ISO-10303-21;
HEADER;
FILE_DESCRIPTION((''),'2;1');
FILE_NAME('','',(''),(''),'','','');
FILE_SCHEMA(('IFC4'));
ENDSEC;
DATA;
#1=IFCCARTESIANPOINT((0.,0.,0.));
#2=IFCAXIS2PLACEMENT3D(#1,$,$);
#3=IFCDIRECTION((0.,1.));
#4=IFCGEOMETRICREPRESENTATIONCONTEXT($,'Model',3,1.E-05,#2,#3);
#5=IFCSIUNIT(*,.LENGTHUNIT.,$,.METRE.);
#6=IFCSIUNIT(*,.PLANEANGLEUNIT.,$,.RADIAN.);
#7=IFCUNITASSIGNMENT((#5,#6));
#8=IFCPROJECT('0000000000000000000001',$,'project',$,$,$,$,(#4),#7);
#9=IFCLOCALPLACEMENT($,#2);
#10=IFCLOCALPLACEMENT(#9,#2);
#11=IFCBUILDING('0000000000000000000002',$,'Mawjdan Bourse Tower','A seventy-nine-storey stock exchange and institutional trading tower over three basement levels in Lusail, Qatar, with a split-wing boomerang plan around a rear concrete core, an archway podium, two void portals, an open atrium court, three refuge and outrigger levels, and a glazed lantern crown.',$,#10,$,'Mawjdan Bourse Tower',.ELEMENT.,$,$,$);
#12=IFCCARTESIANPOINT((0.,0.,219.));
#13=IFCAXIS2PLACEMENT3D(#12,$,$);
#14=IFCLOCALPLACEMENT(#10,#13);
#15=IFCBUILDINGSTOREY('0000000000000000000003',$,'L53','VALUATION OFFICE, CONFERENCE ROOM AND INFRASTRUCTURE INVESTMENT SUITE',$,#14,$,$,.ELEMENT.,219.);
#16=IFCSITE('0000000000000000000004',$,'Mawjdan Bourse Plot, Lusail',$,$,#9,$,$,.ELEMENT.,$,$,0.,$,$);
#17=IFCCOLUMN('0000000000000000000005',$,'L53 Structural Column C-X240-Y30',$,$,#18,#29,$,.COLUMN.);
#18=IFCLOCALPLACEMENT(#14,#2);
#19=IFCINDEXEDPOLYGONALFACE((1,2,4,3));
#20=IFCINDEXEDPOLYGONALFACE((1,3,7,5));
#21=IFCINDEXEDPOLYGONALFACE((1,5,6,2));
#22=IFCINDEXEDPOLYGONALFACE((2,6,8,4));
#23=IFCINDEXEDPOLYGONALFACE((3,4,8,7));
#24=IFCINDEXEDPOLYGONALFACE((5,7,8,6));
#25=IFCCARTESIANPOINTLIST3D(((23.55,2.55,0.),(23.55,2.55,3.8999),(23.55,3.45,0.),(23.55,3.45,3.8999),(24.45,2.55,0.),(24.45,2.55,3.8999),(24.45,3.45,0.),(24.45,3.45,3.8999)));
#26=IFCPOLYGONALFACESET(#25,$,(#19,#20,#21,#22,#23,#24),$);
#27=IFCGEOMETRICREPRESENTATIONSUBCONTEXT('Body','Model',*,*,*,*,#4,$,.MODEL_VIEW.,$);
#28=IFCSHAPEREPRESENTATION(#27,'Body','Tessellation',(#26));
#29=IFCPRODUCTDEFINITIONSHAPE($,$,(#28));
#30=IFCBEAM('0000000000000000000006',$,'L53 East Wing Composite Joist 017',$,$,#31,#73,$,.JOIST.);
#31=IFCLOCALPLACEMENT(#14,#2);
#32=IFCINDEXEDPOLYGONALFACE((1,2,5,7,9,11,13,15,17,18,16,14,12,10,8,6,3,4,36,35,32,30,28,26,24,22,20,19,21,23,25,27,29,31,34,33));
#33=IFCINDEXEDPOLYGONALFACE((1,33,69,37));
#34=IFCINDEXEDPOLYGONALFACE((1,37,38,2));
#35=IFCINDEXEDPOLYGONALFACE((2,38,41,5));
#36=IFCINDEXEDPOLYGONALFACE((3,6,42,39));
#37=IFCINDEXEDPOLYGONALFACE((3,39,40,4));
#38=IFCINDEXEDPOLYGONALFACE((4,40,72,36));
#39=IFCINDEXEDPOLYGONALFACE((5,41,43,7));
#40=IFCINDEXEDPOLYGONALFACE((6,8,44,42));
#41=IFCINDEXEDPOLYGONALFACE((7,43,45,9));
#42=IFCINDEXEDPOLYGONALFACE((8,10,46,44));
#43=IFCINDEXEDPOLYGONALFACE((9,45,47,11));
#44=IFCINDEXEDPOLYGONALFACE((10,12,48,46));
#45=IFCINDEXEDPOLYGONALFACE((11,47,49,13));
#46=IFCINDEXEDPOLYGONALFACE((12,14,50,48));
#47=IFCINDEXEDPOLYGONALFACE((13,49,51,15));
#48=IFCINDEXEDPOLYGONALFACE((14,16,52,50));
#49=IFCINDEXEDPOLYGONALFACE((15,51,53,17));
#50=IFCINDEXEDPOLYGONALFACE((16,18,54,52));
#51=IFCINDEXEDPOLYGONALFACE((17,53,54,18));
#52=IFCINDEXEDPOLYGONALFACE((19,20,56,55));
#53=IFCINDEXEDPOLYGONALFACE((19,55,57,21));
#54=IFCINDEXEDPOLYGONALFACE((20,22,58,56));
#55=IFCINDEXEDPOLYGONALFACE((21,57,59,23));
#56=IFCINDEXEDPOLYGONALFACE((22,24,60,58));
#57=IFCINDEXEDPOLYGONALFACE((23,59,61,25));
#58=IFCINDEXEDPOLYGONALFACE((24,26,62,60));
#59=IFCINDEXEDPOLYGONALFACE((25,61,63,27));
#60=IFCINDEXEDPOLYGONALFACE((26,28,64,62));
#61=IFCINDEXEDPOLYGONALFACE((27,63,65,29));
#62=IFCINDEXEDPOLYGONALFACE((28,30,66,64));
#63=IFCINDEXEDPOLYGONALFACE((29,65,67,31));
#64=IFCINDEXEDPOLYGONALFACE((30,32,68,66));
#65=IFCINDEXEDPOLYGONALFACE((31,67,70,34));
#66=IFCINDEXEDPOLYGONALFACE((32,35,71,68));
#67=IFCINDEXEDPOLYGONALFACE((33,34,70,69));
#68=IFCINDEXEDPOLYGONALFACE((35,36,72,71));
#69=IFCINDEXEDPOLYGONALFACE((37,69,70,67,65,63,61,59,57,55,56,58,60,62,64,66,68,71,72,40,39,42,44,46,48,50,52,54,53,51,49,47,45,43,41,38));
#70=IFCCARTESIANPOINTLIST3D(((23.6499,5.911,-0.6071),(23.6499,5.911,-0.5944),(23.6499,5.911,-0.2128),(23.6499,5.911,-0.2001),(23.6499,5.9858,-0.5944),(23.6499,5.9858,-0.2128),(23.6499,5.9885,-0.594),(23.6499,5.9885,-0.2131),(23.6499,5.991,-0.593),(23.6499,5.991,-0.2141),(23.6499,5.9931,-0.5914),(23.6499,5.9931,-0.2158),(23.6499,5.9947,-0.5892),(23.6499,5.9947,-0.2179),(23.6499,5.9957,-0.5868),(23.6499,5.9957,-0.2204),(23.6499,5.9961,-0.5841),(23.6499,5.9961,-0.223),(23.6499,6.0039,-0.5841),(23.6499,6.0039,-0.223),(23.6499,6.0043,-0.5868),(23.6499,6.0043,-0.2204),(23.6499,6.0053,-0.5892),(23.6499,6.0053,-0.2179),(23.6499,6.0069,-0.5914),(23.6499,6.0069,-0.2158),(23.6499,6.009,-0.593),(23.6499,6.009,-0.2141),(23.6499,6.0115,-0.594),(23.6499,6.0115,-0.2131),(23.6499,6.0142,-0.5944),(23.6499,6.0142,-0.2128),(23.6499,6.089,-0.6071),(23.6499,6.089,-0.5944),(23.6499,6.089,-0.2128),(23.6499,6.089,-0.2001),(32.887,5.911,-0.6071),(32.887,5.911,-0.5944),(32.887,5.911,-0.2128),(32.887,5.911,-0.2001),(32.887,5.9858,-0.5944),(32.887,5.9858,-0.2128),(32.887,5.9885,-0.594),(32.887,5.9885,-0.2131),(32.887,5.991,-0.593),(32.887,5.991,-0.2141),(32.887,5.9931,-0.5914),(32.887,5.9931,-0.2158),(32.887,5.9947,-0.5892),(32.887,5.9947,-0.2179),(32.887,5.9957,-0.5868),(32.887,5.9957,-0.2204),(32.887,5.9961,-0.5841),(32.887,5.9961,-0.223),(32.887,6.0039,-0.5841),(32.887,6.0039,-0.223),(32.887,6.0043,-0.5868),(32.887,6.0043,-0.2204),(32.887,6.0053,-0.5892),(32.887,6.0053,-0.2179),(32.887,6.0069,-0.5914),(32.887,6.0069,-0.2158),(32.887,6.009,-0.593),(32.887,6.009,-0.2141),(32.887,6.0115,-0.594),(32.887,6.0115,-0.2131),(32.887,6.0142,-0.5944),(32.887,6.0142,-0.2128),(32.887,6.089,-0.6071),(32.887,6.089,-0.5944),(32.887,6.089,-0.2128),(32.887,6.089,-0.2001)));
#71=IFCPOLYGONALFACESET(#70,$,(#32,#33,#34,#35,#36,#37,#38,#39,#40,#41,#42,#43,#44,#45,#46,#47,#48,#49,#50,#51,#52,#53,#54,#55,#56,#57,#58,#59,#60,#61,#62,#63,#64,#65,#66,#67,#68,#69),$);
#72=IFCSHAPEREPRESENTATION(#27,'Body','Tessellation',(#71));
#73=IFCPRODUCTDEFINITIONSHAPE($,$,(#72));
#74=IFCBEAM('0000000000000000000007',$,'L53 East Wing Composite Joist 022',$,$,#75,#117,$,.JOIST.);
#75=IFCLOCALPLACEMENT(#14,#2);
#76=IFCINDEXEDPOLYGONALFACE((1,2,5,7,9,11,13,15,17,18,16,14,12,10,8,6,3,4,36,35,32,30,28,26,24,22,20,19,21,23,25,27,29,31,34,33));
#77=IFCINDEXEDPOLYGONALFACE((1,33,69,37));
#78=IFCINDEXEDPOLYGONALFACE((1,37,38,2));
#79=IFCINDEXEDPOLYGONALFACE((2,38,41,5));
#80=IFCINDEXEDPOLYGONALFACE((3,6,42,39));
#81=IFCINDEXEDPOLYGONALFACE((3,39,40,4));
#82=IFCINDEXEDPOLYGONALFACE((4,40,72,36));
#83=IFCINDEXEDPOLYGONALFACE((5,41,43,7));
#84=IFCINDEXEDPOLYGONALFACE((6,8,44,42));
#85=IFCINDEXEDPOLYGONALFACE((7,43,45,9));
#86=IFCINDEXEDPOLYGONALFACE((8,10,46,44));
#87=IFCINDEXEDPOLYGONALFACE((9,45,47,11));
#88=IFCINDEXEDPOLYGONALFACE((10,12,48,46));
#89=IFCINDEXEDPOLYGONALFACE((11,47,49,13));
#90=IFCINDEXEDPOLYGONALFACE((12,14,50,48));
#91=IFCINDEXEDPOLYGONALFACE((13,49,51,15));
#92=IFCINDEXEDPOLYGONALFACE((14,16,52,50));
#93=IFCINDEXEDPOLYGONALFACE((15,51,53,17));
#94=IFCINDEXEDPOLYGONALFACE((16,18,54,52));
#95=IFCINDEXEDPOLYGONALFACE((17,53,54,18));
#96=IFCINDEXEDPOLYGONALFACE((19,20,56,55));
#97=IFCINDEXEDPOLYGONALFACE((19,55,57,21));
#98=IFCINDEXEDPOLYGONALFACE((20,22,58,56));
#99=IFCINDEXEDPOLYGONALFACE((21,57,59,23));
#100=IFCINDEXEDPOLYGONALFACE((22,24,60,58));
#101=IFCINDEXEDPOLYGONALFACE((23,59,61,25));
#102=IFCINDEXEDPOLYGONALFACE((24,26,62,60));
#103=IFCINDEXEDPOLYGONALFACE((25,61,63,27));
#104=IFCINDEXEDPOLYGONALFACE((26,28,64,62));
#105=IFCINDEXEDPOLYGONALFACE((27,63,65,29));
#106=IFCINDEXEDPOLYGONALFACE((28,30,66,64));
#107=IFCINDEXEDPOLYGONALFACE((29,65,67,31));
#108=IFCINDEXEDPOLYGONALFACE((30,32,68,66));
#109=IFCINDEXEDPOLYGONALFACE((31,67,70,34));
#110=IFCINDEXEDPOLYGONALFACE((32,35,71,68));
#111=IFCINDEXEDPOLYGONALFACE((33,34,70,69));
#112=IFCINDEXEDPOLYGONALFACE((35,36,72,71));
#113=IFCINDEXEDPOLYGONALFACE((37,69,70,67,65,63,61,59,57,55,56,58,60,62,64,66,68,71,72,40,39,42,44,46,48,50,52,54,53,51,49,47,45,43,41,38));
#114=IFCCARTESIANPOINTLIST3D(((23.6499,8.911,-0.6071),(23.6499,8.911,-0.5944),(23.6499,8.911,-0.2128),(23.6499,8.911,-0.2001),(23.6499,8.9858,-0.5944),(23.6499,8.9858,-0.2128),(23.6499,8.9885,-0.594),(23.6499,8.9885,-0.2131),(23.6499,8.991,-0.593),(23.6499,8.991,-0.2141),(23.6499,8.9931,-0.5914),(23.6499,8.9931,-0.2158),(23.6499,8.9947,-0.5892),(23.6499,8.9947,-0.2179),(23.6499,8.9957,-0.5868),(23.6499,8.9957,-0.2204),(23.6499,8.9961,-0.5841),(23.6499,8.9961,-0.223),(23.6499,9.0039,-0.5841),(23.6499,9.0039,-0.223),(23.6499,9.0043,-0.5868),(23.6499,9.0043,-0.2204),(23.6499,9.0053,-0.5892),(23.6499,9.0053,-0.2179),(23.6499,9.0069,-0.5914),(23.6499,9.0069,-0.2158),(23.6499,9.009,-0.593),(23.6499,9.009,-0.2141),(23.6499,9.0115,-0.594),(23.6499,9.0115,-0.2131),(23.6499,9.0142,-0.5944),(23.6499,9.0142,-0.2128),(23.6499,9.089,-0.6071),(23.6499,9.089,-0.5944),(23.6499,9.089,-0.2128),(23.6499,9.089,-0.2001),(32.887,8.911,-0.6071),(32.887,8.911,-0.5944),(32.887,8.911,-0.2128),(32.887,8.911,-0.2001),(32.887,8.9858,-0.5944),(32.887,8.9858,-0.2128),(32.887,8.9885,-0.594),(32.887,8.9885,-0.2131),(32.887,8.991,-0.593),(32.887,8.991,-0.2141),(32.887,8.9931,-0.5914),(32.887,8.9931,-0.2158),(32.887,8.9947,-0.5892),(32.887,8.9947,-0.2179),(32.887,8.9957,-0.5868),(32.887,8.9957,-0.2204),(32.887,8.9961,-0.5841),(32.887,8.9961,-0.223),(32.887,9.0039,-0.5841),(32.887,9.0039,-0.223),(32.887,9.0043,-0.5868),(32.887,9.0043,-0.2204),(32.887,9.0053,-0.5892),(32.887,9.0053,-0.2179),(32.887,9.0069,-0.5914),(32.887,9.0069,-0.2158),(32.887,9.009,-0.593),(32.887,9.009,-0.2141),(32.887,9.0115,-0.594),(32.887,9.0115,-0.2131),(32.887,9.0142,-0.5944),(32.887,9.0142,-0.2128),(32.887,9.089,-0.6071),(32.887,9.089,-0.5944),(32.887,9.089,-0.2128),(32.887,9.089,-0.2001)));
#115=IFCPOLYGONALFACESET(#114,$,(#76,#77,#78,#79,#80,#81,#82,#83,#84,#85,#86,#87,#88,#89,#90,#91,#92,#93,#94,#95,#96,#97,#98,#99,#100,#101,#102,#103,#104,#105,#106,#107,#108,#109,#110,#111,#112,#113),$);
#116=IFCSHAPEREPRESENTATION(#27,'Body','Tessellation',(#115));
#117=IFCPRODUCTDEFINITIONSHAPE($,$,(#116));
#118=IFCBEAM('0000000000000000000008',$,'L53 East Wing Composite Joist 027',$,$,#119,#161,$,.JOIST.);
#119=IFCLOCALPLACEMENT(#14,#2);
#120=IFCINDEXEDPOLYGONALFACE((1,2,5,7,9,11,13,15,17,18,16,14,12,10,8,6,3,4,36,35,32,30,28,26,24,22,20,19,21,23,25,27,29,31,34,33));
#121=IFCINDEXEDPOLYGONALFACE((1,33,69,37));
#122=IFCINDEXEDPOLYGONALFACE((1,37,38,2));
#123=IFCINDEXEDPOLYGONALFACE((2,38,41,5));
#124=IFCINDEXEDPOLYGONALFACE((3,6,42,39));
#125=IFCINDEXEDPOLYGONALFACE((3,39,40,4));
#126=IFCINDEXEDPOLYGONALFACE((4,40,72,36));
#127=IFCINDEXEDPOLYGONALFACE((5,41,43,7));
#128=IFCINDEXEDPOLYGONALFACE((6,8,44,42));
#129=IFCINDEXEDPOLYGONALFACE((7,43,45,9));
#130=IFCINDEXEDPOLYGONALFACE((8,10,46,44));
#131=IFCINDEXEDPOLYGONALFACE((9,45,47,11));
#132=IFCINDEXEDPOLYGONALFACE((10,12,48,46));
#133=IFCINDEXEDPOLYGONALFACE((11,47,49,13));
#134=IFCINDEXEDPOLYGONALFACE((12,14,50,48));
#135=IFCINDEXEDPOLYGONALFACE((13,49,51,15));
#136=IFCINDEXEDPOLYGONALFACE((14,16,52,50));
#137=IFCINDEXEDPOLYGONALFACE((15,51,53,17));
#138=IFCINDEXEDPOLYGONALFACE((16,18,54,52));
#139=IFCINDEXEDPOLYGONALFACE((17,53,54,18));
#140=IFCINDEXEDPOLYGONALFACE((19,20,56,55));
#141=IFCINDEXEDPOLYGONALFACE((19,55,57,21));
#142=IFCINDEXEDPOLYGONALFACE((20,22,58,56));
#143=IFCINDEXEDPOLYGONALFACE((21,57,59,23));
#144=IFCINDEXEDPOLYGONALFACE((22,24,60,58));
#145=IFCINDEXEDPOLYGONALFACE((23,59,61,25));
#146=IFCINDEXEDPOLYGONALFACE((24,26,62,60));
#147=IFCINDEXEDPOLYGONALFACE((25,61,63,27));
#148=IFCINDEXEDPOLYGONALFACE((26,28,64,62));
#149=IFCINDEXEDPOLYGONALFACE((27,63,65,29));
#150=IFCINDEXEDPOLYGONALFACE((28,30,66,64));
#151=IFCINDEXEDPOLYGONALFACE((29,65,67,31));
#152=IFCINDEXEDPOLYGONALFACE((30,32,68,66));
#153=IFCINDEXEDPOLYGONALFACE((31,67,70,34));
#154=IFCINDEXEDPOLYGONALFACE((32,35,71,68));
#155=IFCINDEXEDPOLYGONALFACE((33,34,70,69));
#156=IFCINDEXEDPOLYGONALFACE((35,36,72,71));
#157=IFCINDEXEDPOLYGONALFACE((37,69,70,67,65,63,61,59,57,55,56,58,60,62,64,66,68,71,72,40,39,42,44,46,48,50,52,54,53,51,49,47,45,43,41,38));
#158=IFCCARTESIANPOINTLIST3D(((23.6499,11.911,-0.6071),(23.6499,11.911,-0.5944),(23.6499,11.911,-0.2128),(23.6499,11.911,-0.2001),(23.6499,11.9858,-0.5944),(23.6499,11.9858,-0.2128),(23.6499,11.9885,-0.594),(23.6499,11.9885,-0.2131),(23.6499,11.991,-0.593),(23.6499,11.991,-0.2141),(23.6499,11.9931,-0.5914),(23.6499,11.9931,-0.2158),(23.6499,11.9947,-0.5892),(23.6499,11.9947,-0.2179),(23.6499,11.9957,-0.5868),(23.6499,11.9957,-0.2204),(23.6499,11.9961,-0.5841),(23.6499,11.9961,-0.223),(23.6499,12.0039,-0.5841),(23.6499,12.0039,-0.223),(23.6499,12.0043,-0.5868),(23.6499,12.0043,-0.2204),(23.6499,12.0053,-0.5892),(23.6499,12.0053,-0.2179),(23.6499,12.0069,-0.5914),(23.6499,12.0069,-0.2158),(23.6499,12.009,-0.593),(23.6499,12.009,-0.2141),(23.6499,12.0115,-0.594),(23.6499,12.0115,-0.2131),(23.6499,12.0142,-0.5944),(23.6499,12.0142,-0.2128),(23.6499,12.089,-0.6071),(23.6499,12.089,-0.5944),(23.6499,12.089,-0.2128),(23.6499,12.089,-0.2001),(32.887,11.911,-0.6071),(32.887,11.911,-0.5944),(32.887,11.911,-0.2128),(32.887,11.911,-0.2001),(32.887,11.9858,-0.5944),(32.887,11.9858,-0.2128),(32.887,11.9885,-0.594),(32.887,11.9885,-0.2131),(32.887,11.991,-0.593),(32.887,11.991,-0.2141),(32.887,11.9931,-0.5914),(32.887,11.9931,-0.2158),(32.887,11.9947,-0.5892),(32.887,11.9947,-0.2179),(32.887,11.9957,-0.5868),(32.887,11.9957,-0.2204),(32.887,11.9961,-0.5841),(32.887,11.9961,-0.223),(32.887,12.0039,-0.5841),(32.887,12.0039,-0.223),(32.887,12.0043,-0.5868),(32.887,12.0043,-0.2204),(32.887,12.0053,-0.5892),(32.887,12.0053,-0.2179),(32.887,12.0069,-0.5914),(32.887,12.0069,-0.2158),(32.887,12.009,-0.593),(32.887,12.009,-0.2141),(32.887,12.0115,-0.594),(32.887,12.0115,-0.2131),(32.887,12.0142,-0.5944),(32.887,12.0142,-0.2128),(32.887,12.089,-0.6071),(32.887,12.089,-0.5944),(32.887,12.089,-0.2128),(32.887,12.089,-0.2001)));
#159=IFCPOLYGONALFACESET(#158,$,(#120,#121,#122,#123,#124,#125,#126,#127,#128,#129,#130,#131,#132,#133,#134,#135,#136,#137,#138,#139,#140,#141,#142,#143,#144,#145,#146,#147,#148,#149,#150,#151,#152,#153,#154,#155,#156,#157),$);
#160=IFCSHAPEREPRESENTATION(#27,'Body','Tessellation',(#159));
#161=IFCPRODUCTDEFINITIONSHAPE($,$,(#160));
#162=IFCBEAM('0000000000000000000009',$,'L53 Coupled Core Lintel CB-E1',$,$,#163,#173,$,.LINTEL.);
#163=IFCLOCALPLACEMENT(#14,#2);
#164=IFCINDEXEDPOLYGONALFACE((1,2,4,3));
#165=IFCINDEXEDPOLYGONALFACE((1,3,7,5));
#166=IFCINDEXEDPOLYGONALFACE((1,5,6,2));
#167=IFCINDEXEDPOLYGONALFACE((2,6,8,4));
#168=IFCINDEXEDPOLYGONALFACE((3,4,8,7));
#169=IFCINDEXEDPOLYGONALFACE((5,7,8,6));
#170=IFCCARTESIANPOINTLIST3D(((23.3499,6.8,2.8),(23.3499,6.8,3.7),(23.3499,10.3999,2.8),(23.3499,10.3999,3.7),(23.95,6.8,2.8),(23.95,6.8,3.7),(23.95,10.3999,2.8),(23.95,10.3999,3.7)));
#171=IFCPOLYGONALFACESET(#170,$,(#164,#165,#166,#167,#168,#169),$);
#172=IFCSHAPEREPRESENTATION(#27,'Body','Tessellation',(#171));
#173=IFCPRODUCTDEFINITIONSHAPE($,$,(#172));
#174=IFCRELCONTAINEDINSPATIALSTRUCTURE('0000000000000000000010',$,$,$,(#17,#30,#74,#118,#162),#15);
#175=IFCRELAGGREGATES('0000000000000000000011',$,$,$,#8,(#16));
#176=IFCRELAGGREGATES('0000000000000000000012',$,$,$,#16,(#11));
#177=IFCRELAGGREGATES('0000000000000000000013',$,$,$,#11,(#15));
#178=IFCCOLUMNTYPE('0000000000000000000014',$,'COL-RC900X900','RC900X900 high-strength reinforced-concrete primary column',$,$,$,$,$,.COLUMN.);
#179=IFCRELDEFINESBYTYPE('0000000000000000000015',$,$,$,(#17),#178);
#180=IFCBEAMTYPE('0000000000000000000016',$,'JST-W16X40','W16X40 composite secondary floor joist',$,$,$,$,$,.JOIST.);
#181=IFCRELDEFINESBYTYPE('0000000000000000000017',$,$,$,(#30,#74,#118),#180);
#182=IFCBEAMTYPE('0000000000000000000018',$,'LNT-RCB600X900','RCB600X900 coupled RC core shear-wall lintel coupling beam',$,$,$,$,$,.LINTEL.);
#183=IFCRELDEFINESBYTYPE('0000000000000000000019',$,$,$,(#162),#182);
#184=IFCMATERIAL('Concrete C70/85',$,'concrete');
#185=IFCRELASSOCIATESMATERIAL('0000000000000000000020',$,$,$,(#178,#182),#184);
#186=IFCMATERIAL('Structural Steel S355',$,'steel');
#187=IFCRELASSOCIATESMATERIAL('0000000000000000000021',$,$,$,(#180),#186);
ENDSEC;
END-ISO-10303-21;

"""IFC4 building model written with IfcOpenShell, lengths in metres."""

from ifc_helpers import new_model, si_unit, direction, frame, origin, origin_2d, place, context, subcontext, project, spatial, rectangle, i_section, extrude, material, material_profile, profile_set, type_object, element, save


model = new_model("IFC4")

# Units and contexts
model_context = context("Model", 3, precision=1e-05, world=origin(), true_north=direction((0.0, 1.0)))
body_context = subcontext(model_context, "Body", "Model", "MODEL_VIEW")
ifc_project = project(units=[si_unit("LENGTHUNIT", "METRE"), si_unit("PLANEANGLEUNIT", "RADIAN")], contexts=[model_context])

# Site, building, storey
site_placement = place(None, origin())
site = spatial("IfcSite", under=ifc_project, at=site_placement, Name="Mawjdan Bourse Plot, Lusail", CompositionType="ELEMENT", RefElevation=0.0)
building_placement = place(site_placement, origin())
building = spatial("IfcBuilding", under=site, at=building_placement, Name="Mawjdan Bourse Tower", Description="A seventy-nine-storey stock exchange and institutional trading tower over three basement levels in Lusail, Qatar, with a split-wing boomerang plan around a rear concrete core, an archway podium, two void portals, an open atrium court, three refuge and outrigger levels, and a glazed lantern crown.", LongName="Mawjdan Bourse Tower", CompositionType="ELEMENT")
storey_placement = place(building_placement, frame((0.0, 0.0, 219.0)))
storey = spatial("IfcBuildingStorey", under=building, at=storey_placement, Name="L53", Description="VALUATION OFFICE, CONFERENCE ROOM AND INFRASTRUCTURE INVESTMENT SUITE", CompositionType="ELEMENT", Elevation=219.0)

# Column
ifc_material_1 = material(Name="Concrete C70/85", Category="concrete")
ifc_material_profile_1 = material_profile(ifc_material_1, rectangle(XDim=0.8999, YDim=0.8999, at=origin_2d()), Name="RC900X900")
ifc_profile_set_1 = profile_set([ifc_material_profile_1], Name="Concrete C70/85")
column_type = type_object("IfcColumnType", Name="COL-RC900X900", Description="RC900X900 high-strength reinforced-concrete primary column", PredefinedType="COLUMN", material=ifc_profile_set_1)
column_placement = place(storey_placement, frame((24.0, 3.0, 0.0), z_axis=(0.0, 0.0, 1.0), x_axis=(1.0, 0.0, 0.0)))
element("IfcColumn", 1, at=column_placement, inside=storey, type_object=column_type, Name="L53 Structural Column C-X240-Y30", PredefinedType="COLUMN", context=body_context, shape_type="SweptSolid", body=[
    extrude(rectangle(XDim=0.8999, YDim=0.8999, at=origin_2d()), origin(), (0.0, 0.0, 1.0), 3.8999),
])

# Beams
ifc_material_2 = material(Name="Structural Steel S355", Category="steel")
ifc_material_profile_2 = material_profile(ifc_material_2, i_section(OverallWidth=0.178, OverallDepth=0.407, WebThickness=0.0078, FlangeThickness=0.0127, FilletRadius=0.0103, at=origin_2d()), Name="W16X40")
ifc_profile_set_2 = profile_set([ifc_material_profile_2], Name="Structural Steel S355")
beam_type_1 = type_object("IfcBeamType", Name="JST-W16X40", Description="W16X40 composite secondary floor joist", PredefinedType="JOIST", material=ifc_profile_set_2)
for number, where, z_axis, x_axis, name in (
    (2, (23.6499, 6.0, -0.4036), (1.0, 0.0, 0.0), (0.0, 1.0, 0.0), "L53 East Wing Composite Joist 017"),
    (3, (23.6499, 9.0, -0.4036), (1.0, 0.0, 0.0), (0.0, 1.0, 0.0), "L53 East Wing Composite Joist 022"),
    (4, (23.6499, 12.0, -0.4036), (1.0, 0.0, 0.0), (0.0, 1.0, 0.0), "L53 East Wing Composite Joist 027"),
):
    element("IfcBeam", number, at=place(storey_placement, frame(where, z_axis=z_axis, x_axis=x_axis)), inside=storey, type_object=beam_type_1, Name=name, PredefinedType="JOIST", context=body_context, shape_type="SweptSolid", body=[
        extrude(i_section(OverallWidth=0.178, OverallDepth=0.407, WebThickness=0.0078, FlangeThickness=0.0127, FilletRadius=0.0103, at=origin_2d()), origin(), (0.0, 0.0, 1.0), 9.2371),
    ])
ifc_material_profile_3 = material_profile(ifc_material_1, rectangle(XDim=0.6001, YDim=0.8999, at=origin_2d()), Name="RCB600X900")
ifc_profile_set_3 = profile_set([ifc_material_profile_3], Name="Concrete C70/85")
beam_type_2 = type_object("IfcBeamType", Name="LNT-RCB600X900", Description="RCB600X900 coupled RC core shear-wall lintel coupling beam", PredefinedType="LINTEL", material=ifc_profile_set_3)
beam_placement = place(storey_placement, frame((23.6499, 6.8, 3.25), z_axis=(0.0, 1.0, 0.0), x_axis=(-1.0, 0.0, 0.0)))
element("IfcBeam", 5, at=beam_placement, inside=storey, type_object=beam_type_2, Name="L53 Coupled Core Lintel CB-E1", PredefinedType="LINTEL", context=body_context, shape_type="SweptSolid", body=[
    extrude(rectangle(XDim=0.6001, YDim=0.8999, at=origin_2d()), origin(), (0.0, 0.0, 1.0), 3.5999),
])

save(model, "model.ifc")
